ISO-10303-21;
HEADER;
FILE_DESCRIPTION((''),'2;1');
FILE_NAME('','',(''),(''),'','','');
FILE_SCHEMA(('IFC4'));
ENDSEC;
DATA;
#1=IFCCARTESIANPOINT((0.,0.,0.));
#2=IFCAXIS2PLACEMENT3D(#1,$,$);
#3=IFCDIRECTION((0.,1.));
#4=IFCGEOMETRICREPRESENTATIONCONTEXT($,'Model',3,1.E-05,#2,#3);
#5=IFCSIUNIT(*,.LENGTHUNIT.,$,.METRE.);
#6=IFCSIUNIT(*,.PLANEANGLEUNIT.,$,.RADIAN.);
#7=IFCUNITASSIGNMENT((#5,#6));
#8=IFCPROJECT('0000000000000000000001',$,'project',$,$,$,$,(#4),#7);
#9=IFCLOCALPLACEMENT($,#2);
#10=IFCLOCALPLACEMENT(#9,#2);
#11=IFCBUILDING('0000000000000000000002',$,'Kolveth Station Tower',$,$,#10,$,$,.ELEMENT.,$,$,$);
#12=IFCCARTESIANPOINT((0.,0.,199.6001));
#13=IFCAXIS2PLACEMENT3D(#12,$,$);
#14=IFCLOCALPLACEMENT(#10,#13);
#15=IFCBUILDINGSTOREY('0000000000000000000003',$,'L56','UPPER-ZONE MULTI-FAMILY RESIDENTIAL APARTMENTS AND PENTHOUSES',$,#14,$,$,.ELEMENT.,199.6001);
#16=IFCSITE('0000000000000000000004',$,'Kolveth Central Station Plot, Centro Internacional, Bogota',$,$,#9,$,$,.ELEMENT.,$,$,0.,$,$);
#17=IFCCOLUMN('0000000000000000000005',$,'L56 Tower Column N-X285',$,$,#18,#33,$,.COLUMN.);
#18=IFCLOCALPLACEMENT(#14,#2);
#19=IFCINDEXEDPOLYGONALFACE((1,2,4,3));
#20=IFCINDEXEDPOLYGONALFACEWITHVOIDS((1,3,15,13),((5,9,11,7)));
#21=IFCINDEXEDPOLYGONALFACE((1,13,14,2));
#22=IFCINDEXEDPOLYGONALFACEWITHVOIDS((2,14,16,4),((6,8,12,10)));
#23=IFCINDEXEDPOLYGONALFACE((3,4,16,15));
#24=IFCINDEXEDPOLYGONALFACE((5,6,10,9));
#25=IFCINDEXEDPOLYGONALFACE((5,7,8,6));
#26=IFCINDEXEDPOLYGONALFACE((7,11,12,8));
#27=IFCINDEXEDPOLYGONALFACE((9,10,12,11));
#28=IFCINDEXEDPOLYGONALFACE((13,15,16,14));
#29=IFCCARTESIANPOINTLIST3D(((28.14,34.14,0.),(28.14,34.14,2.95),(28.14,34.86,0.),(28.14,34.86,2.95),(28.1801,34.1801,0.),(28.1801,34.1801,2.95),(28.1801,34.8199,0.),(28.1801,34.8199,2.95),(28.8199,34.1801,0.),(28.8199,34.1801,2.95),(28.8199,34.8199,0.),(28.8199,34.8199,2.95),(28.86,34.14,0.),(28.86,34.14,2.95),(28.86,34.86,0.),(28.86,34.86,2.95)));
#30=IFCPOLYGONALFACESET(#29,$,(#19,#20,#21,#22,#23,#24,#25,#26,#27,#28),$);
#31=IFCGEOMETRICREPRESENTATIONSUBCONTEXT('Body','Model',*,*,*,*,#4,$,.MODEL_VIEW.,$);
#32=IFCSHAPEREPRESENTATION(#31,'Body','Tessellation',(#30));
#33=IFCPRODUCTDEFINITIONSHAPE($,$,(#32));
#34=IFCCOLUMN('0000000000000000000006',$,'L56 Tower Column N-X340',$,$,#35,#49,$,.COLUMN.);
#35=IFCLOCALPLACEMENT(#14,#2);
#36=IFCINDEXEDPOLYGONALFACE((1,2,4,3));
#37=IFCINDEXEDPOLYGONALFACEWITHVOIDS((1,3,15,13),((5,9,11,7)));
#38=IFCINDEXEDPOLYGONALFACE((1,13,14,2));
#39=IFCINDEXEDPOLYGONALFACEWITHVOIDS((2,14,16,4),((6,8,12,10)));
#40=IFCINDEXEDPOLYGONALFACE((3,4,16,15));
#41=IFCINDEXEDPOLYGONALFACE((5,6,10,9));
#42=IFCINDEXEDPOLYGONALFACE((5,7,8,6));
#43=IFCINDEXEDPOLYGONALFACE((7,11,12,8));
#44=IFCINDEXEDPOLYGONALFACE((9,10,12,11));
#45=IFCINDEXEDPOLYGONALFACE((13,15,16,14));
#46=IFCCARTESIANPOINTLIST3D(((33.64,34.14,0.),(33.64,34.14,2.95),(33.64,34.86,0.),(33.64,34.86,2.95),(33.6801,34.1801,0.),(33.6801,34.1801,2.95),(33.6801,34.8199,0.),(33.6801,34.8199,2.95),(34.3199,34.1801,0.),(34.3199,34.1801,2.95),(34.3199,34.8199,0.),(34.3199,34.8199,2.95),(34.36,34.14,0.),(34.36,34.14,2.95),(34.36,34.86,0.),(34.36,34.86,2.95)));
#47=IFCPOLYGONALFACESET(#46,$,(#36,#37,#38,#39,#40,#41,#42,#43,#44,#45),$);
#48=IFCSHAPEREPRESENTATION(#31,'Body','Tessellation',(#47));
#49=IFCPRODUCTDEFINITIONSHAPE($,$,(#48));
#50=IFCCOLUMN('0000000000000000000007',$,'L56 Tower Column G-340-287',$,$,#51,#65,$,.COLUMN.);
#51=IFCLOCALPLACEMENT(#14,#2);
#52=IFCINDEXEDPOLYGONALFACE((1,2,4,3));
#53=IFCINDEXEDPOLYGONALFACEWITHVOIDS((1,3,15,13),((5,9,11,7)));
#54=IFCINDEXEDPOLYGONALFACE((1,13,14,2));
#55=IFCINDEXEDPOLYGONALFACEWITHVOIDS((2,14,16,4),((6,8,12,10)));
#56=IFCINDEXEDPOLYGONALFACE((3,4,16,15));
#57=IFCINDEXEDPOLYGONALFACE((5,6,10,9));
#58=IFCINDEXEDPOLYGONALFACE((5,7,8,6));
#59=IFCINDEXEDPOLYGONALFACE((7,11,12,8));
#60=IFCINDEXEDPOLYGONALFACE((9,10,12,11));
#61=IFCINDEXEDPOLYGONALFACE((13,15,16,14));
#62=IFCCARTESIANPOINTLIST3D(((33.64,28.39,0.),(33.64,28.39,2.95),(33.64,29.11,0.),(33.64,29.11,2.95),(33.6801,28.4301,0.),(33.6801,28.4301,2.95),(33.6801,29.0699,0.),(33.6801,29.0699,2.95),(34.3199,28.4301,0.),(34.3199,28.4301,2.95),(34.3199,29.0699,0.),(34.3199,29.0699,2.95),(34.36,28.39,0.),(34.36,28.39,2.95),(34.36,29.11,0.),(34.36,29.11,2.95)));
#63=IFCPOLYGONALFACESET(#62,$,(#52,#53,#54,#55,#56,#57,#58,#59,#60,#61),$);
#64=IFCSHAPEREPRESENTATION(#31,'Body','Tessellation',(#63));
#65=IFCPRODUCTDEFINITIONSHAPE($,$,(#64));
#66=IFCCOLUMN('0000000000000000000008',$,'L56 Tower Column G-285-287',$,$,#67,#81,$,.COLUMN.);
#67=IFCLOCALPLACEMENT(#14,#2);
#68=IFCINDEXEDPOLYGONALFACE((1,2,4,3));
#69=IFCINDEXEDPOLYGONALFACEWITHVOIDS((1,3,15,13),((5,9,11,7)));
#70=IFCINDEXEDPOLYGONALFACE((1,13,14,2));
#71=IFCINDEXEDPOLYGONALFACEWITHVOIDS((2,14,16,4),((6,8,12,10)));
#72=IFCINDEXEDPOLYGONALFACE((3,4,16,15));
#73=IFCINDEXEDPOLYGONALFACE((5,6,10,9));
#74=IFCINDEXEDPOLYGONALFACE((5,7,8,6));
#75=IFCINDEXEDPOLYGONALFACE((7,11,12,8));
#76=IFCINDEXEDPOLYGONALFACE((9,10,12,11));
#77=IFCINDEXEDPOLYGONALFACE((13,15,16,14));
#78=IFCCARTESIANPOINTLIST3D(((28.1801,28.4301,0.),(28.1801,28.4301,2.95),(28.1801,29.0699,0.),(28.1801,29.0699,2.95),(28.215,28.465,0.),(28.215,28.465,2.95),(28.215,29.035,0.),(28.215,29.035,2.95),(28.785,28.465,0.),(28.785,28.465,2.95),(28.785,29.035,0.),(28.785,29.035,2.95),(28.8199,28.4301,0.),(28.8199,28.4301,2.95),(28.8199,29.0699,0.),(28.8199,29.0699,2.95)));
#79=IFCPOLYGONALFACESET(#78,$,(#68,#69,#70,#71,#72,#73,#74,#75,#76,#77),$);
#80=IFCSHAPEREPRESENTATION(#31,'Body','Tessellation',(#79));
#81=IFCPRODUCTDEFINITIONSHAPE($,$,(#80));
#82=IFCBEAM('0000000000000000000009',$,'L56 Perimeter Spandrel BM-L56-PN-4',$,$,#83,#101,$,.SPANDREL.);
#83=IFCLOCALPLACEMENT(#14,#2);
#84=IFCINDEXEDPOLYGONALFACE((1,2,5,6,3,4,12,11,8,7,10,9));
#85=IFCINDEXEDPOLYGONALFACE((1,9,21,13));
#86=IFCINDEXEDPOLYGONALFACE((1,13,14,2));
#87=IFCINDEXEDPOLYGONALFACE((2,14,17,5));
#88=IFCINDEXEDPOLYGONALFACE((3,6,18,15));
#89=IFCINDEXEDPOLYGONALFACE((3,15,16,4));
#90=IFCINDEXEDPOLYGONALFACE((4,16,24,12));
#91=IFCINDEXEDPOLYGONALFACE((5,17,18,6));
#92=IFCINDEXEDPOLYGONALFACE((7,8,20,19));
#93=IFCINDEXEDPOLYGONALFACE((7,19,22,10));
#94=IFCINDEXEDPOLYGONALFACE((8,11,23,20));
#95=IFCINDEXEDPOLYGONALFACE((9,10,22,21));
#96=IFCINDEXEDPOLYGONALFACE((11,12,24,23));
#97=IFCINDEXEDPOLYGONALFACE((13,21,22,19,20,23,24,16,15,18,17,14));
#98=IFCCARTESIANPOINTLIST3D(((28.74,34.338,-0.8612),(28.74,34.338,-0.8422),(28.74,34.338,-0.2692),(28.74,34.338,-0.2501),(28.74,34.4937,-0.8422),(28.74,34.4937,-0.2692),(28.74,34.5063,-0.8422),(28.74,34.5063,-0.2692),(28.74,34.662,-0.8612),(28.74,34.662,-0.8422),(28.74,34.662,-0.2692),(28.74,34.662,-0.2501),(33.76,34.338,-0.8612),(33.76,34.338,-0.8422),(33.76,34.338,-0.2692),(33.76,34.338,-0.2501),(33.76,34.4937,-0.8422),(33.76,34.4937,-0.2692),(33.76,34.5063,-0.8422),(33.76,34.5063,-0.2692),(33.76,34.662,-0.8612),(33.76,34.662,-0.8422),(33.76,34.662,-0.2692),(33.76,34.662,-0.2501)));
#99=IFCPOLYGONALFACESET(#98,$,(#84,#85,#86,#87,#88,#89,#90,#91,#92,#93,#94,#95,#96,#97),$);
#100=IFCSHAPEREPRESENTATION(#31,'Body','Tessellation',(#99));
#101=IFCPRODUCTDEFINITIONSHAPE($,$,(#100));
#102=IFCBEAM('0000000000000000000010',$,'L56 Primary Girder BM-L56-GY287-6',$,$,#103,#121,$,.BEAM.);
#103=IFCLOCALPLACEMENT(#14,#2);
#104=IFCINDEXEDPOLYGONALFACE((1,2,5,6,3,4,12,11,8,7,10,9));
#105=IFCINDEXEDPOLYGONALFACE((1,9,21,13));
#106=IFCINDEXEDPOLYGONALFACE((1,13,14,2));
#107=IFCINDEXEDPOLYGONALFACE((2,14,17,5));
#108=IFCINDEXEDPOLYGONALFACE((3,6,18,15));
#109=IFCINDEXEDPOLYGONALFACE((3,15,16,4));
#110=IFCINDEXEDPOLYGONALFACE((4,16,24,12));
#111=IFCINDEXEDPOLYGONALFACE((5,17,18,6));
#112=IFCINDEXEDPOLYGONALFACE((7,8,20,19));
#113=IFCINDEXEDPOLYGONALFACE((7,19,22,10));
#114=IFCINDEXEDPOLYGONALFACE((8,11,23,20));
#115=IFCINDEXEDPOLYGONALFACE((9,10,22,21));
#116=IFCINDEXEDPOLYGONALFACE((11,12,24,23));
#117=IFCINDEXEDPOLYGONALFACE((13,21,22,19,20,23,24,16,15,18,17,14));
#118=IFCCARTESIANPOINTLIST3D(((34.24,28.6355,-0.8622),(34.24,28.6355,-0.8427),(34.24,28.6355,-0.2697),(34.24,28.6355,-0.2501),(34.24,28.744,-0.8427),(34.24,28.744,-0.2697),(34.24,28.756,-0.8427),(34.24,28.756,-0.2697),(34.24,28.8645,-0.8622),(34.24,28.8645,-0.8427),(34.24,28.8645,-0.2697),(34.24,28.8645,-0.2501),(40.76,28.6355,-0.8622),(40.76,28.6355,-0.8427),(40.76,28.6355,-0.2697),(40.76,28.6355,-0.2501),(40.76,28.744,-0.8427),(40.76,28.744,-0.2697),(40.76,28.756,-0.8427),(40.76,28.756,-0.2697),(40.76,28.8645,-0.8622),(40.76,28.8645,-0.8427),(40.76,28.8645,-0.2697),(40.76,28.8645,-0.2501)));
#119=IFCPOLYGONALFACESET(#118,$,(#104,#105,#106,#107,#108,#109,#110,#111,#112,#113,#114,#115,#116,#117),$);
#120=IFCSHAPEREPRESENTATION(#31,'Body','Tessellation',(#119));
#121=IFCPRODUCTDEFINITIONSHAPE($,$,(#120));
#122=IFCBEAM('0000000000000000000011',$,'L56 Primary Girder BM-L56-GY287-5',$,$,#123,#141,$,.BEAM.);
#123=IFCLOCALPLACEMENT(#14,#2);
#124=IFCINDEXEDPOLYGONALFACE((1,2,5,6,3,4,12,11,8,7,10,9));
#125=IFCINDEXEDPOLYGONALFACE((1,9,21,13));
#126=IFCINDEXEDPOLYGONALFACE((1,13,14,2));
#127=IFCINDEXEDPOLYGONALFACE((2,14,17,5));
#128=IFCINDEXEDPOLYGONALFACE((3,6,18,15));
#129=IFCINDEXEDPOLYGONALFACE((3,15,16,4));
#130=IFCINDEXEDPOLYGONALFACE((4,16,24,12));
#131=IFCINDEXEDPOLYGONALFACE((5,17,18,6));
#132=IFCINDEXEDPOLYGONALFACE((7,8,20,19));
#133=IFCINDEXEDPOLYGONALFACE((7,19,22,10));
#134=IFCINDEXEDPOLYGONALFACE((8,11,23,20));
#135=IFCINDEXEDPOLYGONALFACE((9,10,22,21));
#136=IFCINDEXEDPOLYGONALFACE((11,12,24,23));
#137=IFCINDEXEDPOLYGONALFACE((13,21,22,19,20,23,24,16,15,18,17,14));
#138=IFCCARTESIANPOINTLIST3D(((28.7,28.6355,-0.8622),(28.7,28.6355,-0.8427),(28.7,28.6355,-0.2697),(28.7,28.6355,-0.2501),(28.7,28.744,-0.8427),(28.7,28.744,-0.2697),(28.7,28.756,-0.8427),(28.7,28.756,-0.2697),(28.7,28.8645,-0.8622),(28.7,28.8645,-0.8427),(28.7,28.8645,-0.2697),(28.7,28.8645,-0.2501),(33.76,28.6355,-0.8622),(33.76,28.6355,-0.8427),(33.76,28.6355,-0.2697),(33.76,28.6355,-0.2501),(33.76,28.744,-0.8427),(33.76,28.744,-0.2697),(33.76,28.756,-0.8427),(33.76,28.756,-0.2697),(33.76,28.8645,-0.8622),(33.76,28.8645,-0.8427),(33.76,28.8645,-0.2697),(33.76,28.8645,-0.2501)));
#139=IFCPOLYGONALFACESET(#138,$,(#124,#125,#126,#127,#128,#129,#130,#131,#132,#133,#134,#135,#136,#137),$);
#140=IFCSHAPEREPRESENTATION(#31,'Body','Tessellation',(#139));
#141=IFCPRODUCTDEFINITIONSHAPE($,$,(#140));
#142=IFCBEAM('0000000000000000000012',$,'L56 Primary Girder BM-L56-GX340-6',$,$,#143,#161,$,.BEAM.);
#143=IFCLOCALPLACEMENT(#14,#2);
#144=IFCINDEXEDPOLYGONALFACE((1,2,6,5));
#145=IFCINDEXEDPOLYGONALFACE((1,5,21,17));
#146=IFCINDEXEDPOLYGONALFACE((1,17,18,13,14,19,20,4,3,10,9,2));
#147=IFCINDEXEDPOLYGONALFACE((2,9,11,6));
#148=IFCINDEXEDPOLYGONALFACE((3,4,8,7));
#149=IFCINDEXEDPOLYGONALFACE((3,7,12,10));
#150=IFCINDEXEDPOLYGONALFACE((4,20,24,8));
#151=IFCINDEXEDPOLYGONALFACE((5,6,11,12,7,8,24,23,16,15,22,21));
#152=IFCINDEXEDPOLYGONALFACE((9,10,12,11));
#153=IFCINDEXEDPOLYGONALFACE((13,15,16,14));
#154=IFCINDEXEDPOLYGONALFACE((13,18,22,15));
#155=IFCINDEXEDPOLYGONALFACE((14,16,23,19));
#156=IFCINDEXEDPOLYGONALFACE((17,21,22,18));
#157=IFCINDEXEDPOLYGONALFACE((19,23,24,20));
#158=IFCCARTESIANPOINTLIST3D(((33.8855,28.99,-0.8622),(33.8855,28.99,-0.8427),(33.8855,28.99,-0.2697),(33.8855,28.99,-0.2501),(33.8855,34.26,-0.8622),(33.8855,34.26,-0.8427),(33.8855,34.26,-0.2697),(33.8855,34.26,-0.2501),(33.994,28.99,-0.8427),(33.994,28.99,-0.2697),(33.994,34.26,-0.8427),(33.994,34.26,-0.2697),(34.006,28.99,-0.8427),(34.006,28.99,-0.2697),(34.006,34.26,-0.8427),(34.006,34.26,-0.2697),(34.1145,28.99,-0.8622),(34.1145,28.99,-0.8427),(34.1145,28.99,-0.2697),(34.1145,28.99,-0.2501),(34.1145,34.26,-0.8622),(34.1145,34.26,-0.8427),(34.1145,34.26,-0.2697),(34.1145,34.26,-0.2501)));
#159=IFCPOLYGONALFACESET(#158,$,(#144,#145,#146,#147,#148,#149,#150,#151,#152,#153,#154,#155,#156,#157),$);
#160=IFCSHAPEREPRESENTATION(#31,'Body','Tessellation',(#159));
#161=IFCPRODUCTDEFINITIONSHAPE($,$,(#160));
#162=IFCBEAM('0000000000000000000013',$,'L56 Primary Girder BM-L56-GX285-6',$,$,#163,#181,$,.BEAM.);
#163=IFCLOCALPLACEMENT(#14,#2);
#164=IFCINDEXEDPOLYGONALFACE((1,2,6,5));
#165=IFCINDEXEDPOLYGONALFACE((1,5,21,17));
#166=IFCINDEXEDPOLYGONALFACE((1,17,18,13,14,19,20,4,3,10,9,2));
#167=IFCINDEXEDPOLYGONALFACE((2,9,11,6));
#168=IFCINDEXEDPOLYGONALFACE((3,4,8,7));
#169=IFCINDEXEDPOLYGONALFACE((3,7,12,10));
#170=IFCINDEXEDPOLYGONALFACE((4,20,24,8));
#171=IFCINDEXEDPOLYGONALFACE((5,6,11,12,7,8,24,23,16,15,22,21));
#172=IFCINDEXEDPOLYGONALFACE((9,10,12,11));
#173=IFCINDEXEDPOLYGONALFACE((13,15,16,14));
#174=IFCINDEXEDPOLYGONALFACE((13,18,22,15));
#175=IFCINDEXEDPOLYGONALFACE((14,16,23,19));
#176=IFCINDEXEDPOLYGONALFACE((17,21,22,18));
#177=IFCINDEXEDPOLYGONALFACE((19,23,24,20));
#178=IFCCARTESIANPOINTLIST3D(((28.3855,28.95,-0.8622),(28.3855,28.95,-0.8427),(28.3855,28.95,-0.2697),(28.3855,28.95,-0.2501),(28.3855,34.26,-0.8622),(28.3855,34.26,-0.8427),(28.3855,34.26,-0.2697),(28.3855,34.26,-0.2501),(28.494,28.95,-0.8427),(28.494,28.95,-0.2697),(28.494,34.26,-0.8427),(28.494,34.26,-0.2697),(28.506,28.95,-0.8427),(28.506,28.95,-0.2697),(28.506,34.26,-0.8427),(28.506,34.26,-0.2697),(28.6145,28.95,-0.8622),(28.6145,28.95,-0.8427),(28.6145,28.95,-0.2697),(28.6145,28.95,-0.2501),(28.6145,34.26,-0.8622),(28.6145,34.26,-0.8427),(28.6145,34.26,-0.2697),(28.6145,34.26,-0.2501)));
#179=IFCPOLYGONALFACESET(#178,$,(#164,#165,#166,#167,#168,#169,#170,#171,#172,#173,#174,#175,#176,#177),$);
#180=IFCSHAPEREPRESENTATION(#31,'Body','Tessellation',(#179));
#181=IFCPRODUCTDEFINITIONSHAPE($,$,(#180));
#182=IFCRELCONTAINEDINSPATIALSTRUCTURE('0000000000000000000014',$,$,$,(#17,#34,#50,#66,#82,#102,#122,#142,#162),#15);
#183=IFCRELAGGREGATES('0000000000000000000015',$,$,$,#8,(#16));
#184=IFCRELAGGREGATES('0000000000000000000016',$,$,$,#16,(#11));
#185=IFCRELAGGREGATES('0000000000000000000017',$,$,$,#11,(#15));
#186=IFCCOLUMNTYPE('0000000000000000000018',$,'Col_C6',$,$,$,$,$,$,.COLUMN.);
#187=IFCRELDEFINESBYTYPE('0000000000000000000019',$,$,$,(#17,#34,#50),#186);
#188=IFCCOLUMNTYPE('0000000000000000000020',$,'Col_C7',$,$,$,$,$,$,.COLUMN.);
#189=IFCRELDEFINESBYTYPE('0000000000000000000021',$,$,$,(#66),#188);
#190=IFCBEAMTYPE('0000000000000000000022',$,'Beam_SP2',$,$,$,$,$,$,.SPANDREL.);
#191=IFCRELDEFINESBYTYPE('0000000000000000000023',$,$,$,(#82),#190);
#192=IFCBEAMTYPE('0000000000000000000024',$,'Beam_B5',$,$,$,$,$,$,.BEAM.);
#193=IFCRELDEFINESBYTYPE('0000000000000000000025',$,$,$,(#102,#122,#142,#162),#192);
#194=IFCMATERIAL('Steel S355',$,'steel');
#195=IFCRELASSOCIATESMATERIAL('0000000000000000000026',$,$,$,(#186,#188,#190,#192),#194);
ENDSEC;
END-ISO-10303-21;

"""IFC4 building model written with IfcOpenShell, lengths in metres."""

from ifc_helpers import new_model, si_unit, direction, frame, origin, origin_2d, place, context, subcontext, project, spatial, hollow_rectangle, i_section, extrude, source, transform, mapped, material, material_profile, profile_set, type_object, element, save


model = new_model("IFC4")

# Units and contexts
model_context = context("Model", 3, precision=1e-05, world=origin(), true_north=direction((0.0, 1.0)))
body_context = subcontext(model_context, "Body", "Model", "MODEL_VIEW")
ifc_project = project(units=[si_unit("LENGTHUNIT", "METRE"), si_unit("PLANEANGLEUNIT", "RADIAN")], contexts=[model_context])

# Site, building, storey
site_placement = place(None, origin())
site = spatial("IfcSite", under=ifc_project, at=site_placement, Name="Kolveth Central Station Plot, Centro Internacional, Bogota", CompositionType="ELEMENT", RefElevation=0.0)
building_placement = place(site_placement, origin())
building = spatial("IfcBuilding", under=site, at=building_placement, Name="Kolveth Station Tower", CompositionType="ELEMENT")
storey_placement = place(building_placement, frame((0.0, 0.0, 199.6001)))
storey = spatial("IfcBuildingStorey", under=building, at=storey_placement, Name="L56", Description="UPPER-ZONE MULTI-FAMILY RESIDENTIAL APARTMENTS AND PENTHOUSES", CompositionType="ELEMENT", Elevation=199.6001)

# Columns
ifc_material_1 = material(Name="Steel S355", Category="steel")
ifc_material_profile_1 = material_profile(ifc_material_1, hollow_rectangle(XDim=0.72, YDim=0.72, WallThickness=0.04, at=origin_2d()), Name="BOX720x720x40")
ifc_profile_set_1 = profile_set([ifc_material_profile_1], Name="Steel S355")
column_type_1 = type_object("IfcColumnType", Name="Col_C6", PredefinedType="COLUMN", material=ifc_profile_set_1)
shared_shape_1 = source(origin(), body_context, "Body", "SweptSolid", [
    extrude(hollow_rectangle(XDim=0.72, YDim=0.72, WallThickness=0.04, at=origin_2d()), origin(), (0.0, 0.0, 1.0), 2.95),
])
for number, where, z_axis, x_axis, name in (
    (1, (28.5, 34.5, 0.0), (0.0, 0.0, 1.0), (1.0, 0.0, 0.0), "L56 Tower Column N-X285"),
    (2, (34.0, 34.5, 0.0), (0.0, 0.0, 1.0), (1.0, 0.0, 0.0), "L56 Tower Column N-X340"),
    (3, (34.0, 28.75, 0.0), (0.0, 0.0, 1.0), (1.0, 0.0, 0.0), "L56 Tower Column G-340-287"),
):
    element("IfcColumn", number, at=place(storey_placement, frame(where, z_axis=z_axis, x_axis=x_axis)), inside=storey, type_object=column_type_1, Name=name, PredefinedType="COLUMN", context=body_context, shape_type="MappedRepresentation", body=[
        mapped(shared_shape_1, transform((0.0, 0.0, 0.0), x_axis=(1.0, 0.0, 0.0), y_axis=(0.0, 1.0, 0.0), z_axis=(0.0, 0.0, 1.0), scale=1.0)),
    ])
ifc_material_profile_2 = material_profile(ifc_material_1, hollow_rectangle(XDim=0.6399, YDim=0.6399, WallThickness=0.0349, at=origin_2d()), Name="BOX640x640x35")
ifc_profile_set_2 = profile_set([ifc_material_profile_2], Name="Steel S355")
column_type_2 = type_object("IfcColumnType", Name="Col_C7", PredefinedType="COLUMN", material=ifc_profile_set_2)
shared_shape_2 = source(origin(), body_context, "Body", "SweptSolid", [
    extrude(hollow_rectangle(XDim=0.6399, YDim=0.6399, WallThickness=0.0349, at=origin_2d()), origin(), (0.0, 0.0, 1.0), 2.95),
])
column_placement = place(storey_placement, frame((28.5, 28.75, 0.0), z_axis=(0.0, 0.0, 1.0), x_axis=(1.0, 0.0, 0.0)))
element("IfcColumn", 4, at=column_placement, inside=storey, type_object=column_type_2, Name="L56 Tower Column G-285-287", PredefinedType="COLUMN", context=body_context, shape_type="MappedRepresentation", body=[
    mapped(shared_shape_2, transform((0.0, 0.0, 0.0), x_axis=(1.0, 0.0, 0.0), y_axis=(0.0, 1.0, 0.0), z_axis=(0.0, 0.0, 1.0), scale=1.0)),
])

# Beams
ifc_material_profile_3 = material_profile(ifc_material_1, i_section(OverallWidth=0.324, OverallDepth=0.6111, WebThickness=0.0127, FlangeThickness=0.019, at=origin_2d()), Name="W610x155")
ifc_profile_set_3 = profile_set([ifc_material_profile_3], Name="Steel S355")
beam_type_1 = type_object("IfcBeamType", Name="Beam_SP2", PredefinedType="SPANDREL", material=ifc_profile_set_3)
shared_shape_3 = source(origin(), body_context, "Body", "SweptSolid", [
    extrude(i_section(OverallWidth=0.324, OverallDepth=0.6111, WebThickness=0.0127, FlangeThickness=0.019, at=origin_2d()), origin(), (0.0, 0.0, 1.0), 5.02),
])
beam_1_placement = place(storey_placement, frame((28.74, 34.5, -0.5557), z_axis=(1.0, 0.0, 0.0), x_axis=(0.0, 1.0, 0.0)))
element("IfcBeam", 5, at=beam_1_placement, inside=storey, type_object=beam_type_1, Name="L56 Perimeter Spandrel BM-L56-PN-4", PredefinedType="SPANDREL", context=body_context, shape_type="MappedRepresentation", body=[
    mapped(shared_shape_3, transform((0.0, 0.0, 0.0), x_axis=(1.0, 0.0, 0.0), y_axis=(0.0, 1.0, 0.0), z_axis=(0.0, 0.0, 1.0), scale=1.0)),
])
ifc_material_profile_4 = material_profile(ifc_material_1, i_section(OverallWidth=0.229, OverallDepth=0.6121, WebThickness=0.012, FlangeThickness=0.0195, at=origin_2d()), Name="W610x125")
ifc_profile_set_4 = profile_set([ifc_material_profile_4], Name="Steel S355")
beam_type_2 = type_object("IfcBeamType", Name="Beam_B5", PredefinedType="BEAM", material=ifc_profile_set_4)
shared_shape_4 = source(origin(), body_context, "Body", "SweptSolid", [
    extrude(i_section(OverallWidth=0.229, OverallDepth=0.6121, WebThickness=0.012, FlangeThickness=0.0195, at=origin_2d()), origin(), (0.0, 0.0, 1.0), 6.52),
])
beam_2_placement = place(storey_placement, frame((34.24, 28.75, -0.5562), z_axis=(1.0, 0.0, 0.0), x_axis=(0.0, 1.0, 0.0)))
element("IfcBeam", 6, at=beam_2_placement, inside=storey, type_object=beam_type_2, Name="L56 Primary Girder BM-L56-GY287-6", PredefinedType="BEAM", context=body_context, shape_type="MappedRepresentation", body=[
    mapped(shared_shape_4, transform((0.0, 0.0, 0.0), x_axis=(1.0, 0.0, 0.0), y_axis=(0.0, 1.0, 0.0), z_axis=(0.0, 0.0, 1.0), scale=1.0)),
])
shared_shape_5 = source(origin(), body_context, "Body", "SweptSolid", [
    extrude(i_section(OverallWidth=0.229, OverallDepth=0.6121, WebThickness=0.012, FlangeThickness=0.0195, at=origin_2d()), origin(), (0.0, 0.0, 1.0), 5.0601),
])
beam_3_placement = place(storey_placement, frame((28.7, 28.75, -0.5562), z_axis=(1.0, 0.0, 0.0), x_axis=(0.0, 1.0, 0.0)))
element("IfcBeam", 7, at=beam_3_placement, inside=storey, type_object=beam_type_2, Name="L56 Primary Girder BM-L56-GY287-5", PredefinedType="BEAM", context=body_context, shape_type="MappedRepresentation", body=[
    mapped(shared_shape_5, transform((0.0, 0.0, 0.0), x_axis=(1.0, 0.0, 0.0), y_axis=(0.0, 1.0, 0.0), z_axis=(0.0, 0.0, 1.0), scale=1.0)),
])
shared_shape_6 = source(origin(), body_context, "Body", "SweptSolid", [
    extrude(i_section(OverallWidth=0.229, OverallDepth=0.6121, WebThickness=0.012, FlangeThickness=0.0195, at=origin_2d()), origin(), (0.0, 0.0, 1.0), 5.27),
])
beam_4_placement = place(storey_placement, frame((34.0, 28.99, -0.5562), z_axis=(0.0, 1.0, 0.0), x_axis=(-1.0, 0.0, 0.0)))
element("IfcBeam", 8, at=beam_4_placement, inside=storey, type_object=beam_type_2, Name="L56 Primary Girder BM-L56-GX340-6", PredefinedType="BEAM", context=body_context, shape_type="MappedRepresentation", body=[
    mapped(shared_shape_6, transform((0.0, 0.0, 0.0), x_axis=(1.0, 0.0, 0.0), y_axis=(0.0, 1.0, 0.0), z_axis=(0.0, 0.0, 1.0), scale=1.0)),
])
shared_shape_7 = source(origin(), body_context, "Body", "SweptSolid", [
    extrude(i_section(OverallWidth=0.229, OverallDepth=0.6121, WebThickness=0.012, FlangeThickness=0.0195, at=origin_2d()), origin(), (0.0, 0.0, 1.0), 5.3101),
])
beam_5_placement = place(storey_placement, frame((28.5, 28.95, -0.5562), z_axis=(0.0, 1.0, 0.0), x_axis=(-1.0, 0.0, 0.0)))
element("IfcBeam", 9, at=beam_5_placement, inside=storey, type_object=beam_type_2, Name="L56 Primary Girder BM-L56-GX285-6", PredefinedType="BEAM", context=body_context, shape_type="MappedRepresentation", body=[
    mapped(shared_shape_7, transform((0.0, 0.0, 0.0), x_axis=(1.0, 0.0, 0.0), y_axis=(0.0, 1.0, 0.0), z_axis=(0.0, 0.0, 1.0), scale=1.0)),
])

save(model, "model.ifc")
